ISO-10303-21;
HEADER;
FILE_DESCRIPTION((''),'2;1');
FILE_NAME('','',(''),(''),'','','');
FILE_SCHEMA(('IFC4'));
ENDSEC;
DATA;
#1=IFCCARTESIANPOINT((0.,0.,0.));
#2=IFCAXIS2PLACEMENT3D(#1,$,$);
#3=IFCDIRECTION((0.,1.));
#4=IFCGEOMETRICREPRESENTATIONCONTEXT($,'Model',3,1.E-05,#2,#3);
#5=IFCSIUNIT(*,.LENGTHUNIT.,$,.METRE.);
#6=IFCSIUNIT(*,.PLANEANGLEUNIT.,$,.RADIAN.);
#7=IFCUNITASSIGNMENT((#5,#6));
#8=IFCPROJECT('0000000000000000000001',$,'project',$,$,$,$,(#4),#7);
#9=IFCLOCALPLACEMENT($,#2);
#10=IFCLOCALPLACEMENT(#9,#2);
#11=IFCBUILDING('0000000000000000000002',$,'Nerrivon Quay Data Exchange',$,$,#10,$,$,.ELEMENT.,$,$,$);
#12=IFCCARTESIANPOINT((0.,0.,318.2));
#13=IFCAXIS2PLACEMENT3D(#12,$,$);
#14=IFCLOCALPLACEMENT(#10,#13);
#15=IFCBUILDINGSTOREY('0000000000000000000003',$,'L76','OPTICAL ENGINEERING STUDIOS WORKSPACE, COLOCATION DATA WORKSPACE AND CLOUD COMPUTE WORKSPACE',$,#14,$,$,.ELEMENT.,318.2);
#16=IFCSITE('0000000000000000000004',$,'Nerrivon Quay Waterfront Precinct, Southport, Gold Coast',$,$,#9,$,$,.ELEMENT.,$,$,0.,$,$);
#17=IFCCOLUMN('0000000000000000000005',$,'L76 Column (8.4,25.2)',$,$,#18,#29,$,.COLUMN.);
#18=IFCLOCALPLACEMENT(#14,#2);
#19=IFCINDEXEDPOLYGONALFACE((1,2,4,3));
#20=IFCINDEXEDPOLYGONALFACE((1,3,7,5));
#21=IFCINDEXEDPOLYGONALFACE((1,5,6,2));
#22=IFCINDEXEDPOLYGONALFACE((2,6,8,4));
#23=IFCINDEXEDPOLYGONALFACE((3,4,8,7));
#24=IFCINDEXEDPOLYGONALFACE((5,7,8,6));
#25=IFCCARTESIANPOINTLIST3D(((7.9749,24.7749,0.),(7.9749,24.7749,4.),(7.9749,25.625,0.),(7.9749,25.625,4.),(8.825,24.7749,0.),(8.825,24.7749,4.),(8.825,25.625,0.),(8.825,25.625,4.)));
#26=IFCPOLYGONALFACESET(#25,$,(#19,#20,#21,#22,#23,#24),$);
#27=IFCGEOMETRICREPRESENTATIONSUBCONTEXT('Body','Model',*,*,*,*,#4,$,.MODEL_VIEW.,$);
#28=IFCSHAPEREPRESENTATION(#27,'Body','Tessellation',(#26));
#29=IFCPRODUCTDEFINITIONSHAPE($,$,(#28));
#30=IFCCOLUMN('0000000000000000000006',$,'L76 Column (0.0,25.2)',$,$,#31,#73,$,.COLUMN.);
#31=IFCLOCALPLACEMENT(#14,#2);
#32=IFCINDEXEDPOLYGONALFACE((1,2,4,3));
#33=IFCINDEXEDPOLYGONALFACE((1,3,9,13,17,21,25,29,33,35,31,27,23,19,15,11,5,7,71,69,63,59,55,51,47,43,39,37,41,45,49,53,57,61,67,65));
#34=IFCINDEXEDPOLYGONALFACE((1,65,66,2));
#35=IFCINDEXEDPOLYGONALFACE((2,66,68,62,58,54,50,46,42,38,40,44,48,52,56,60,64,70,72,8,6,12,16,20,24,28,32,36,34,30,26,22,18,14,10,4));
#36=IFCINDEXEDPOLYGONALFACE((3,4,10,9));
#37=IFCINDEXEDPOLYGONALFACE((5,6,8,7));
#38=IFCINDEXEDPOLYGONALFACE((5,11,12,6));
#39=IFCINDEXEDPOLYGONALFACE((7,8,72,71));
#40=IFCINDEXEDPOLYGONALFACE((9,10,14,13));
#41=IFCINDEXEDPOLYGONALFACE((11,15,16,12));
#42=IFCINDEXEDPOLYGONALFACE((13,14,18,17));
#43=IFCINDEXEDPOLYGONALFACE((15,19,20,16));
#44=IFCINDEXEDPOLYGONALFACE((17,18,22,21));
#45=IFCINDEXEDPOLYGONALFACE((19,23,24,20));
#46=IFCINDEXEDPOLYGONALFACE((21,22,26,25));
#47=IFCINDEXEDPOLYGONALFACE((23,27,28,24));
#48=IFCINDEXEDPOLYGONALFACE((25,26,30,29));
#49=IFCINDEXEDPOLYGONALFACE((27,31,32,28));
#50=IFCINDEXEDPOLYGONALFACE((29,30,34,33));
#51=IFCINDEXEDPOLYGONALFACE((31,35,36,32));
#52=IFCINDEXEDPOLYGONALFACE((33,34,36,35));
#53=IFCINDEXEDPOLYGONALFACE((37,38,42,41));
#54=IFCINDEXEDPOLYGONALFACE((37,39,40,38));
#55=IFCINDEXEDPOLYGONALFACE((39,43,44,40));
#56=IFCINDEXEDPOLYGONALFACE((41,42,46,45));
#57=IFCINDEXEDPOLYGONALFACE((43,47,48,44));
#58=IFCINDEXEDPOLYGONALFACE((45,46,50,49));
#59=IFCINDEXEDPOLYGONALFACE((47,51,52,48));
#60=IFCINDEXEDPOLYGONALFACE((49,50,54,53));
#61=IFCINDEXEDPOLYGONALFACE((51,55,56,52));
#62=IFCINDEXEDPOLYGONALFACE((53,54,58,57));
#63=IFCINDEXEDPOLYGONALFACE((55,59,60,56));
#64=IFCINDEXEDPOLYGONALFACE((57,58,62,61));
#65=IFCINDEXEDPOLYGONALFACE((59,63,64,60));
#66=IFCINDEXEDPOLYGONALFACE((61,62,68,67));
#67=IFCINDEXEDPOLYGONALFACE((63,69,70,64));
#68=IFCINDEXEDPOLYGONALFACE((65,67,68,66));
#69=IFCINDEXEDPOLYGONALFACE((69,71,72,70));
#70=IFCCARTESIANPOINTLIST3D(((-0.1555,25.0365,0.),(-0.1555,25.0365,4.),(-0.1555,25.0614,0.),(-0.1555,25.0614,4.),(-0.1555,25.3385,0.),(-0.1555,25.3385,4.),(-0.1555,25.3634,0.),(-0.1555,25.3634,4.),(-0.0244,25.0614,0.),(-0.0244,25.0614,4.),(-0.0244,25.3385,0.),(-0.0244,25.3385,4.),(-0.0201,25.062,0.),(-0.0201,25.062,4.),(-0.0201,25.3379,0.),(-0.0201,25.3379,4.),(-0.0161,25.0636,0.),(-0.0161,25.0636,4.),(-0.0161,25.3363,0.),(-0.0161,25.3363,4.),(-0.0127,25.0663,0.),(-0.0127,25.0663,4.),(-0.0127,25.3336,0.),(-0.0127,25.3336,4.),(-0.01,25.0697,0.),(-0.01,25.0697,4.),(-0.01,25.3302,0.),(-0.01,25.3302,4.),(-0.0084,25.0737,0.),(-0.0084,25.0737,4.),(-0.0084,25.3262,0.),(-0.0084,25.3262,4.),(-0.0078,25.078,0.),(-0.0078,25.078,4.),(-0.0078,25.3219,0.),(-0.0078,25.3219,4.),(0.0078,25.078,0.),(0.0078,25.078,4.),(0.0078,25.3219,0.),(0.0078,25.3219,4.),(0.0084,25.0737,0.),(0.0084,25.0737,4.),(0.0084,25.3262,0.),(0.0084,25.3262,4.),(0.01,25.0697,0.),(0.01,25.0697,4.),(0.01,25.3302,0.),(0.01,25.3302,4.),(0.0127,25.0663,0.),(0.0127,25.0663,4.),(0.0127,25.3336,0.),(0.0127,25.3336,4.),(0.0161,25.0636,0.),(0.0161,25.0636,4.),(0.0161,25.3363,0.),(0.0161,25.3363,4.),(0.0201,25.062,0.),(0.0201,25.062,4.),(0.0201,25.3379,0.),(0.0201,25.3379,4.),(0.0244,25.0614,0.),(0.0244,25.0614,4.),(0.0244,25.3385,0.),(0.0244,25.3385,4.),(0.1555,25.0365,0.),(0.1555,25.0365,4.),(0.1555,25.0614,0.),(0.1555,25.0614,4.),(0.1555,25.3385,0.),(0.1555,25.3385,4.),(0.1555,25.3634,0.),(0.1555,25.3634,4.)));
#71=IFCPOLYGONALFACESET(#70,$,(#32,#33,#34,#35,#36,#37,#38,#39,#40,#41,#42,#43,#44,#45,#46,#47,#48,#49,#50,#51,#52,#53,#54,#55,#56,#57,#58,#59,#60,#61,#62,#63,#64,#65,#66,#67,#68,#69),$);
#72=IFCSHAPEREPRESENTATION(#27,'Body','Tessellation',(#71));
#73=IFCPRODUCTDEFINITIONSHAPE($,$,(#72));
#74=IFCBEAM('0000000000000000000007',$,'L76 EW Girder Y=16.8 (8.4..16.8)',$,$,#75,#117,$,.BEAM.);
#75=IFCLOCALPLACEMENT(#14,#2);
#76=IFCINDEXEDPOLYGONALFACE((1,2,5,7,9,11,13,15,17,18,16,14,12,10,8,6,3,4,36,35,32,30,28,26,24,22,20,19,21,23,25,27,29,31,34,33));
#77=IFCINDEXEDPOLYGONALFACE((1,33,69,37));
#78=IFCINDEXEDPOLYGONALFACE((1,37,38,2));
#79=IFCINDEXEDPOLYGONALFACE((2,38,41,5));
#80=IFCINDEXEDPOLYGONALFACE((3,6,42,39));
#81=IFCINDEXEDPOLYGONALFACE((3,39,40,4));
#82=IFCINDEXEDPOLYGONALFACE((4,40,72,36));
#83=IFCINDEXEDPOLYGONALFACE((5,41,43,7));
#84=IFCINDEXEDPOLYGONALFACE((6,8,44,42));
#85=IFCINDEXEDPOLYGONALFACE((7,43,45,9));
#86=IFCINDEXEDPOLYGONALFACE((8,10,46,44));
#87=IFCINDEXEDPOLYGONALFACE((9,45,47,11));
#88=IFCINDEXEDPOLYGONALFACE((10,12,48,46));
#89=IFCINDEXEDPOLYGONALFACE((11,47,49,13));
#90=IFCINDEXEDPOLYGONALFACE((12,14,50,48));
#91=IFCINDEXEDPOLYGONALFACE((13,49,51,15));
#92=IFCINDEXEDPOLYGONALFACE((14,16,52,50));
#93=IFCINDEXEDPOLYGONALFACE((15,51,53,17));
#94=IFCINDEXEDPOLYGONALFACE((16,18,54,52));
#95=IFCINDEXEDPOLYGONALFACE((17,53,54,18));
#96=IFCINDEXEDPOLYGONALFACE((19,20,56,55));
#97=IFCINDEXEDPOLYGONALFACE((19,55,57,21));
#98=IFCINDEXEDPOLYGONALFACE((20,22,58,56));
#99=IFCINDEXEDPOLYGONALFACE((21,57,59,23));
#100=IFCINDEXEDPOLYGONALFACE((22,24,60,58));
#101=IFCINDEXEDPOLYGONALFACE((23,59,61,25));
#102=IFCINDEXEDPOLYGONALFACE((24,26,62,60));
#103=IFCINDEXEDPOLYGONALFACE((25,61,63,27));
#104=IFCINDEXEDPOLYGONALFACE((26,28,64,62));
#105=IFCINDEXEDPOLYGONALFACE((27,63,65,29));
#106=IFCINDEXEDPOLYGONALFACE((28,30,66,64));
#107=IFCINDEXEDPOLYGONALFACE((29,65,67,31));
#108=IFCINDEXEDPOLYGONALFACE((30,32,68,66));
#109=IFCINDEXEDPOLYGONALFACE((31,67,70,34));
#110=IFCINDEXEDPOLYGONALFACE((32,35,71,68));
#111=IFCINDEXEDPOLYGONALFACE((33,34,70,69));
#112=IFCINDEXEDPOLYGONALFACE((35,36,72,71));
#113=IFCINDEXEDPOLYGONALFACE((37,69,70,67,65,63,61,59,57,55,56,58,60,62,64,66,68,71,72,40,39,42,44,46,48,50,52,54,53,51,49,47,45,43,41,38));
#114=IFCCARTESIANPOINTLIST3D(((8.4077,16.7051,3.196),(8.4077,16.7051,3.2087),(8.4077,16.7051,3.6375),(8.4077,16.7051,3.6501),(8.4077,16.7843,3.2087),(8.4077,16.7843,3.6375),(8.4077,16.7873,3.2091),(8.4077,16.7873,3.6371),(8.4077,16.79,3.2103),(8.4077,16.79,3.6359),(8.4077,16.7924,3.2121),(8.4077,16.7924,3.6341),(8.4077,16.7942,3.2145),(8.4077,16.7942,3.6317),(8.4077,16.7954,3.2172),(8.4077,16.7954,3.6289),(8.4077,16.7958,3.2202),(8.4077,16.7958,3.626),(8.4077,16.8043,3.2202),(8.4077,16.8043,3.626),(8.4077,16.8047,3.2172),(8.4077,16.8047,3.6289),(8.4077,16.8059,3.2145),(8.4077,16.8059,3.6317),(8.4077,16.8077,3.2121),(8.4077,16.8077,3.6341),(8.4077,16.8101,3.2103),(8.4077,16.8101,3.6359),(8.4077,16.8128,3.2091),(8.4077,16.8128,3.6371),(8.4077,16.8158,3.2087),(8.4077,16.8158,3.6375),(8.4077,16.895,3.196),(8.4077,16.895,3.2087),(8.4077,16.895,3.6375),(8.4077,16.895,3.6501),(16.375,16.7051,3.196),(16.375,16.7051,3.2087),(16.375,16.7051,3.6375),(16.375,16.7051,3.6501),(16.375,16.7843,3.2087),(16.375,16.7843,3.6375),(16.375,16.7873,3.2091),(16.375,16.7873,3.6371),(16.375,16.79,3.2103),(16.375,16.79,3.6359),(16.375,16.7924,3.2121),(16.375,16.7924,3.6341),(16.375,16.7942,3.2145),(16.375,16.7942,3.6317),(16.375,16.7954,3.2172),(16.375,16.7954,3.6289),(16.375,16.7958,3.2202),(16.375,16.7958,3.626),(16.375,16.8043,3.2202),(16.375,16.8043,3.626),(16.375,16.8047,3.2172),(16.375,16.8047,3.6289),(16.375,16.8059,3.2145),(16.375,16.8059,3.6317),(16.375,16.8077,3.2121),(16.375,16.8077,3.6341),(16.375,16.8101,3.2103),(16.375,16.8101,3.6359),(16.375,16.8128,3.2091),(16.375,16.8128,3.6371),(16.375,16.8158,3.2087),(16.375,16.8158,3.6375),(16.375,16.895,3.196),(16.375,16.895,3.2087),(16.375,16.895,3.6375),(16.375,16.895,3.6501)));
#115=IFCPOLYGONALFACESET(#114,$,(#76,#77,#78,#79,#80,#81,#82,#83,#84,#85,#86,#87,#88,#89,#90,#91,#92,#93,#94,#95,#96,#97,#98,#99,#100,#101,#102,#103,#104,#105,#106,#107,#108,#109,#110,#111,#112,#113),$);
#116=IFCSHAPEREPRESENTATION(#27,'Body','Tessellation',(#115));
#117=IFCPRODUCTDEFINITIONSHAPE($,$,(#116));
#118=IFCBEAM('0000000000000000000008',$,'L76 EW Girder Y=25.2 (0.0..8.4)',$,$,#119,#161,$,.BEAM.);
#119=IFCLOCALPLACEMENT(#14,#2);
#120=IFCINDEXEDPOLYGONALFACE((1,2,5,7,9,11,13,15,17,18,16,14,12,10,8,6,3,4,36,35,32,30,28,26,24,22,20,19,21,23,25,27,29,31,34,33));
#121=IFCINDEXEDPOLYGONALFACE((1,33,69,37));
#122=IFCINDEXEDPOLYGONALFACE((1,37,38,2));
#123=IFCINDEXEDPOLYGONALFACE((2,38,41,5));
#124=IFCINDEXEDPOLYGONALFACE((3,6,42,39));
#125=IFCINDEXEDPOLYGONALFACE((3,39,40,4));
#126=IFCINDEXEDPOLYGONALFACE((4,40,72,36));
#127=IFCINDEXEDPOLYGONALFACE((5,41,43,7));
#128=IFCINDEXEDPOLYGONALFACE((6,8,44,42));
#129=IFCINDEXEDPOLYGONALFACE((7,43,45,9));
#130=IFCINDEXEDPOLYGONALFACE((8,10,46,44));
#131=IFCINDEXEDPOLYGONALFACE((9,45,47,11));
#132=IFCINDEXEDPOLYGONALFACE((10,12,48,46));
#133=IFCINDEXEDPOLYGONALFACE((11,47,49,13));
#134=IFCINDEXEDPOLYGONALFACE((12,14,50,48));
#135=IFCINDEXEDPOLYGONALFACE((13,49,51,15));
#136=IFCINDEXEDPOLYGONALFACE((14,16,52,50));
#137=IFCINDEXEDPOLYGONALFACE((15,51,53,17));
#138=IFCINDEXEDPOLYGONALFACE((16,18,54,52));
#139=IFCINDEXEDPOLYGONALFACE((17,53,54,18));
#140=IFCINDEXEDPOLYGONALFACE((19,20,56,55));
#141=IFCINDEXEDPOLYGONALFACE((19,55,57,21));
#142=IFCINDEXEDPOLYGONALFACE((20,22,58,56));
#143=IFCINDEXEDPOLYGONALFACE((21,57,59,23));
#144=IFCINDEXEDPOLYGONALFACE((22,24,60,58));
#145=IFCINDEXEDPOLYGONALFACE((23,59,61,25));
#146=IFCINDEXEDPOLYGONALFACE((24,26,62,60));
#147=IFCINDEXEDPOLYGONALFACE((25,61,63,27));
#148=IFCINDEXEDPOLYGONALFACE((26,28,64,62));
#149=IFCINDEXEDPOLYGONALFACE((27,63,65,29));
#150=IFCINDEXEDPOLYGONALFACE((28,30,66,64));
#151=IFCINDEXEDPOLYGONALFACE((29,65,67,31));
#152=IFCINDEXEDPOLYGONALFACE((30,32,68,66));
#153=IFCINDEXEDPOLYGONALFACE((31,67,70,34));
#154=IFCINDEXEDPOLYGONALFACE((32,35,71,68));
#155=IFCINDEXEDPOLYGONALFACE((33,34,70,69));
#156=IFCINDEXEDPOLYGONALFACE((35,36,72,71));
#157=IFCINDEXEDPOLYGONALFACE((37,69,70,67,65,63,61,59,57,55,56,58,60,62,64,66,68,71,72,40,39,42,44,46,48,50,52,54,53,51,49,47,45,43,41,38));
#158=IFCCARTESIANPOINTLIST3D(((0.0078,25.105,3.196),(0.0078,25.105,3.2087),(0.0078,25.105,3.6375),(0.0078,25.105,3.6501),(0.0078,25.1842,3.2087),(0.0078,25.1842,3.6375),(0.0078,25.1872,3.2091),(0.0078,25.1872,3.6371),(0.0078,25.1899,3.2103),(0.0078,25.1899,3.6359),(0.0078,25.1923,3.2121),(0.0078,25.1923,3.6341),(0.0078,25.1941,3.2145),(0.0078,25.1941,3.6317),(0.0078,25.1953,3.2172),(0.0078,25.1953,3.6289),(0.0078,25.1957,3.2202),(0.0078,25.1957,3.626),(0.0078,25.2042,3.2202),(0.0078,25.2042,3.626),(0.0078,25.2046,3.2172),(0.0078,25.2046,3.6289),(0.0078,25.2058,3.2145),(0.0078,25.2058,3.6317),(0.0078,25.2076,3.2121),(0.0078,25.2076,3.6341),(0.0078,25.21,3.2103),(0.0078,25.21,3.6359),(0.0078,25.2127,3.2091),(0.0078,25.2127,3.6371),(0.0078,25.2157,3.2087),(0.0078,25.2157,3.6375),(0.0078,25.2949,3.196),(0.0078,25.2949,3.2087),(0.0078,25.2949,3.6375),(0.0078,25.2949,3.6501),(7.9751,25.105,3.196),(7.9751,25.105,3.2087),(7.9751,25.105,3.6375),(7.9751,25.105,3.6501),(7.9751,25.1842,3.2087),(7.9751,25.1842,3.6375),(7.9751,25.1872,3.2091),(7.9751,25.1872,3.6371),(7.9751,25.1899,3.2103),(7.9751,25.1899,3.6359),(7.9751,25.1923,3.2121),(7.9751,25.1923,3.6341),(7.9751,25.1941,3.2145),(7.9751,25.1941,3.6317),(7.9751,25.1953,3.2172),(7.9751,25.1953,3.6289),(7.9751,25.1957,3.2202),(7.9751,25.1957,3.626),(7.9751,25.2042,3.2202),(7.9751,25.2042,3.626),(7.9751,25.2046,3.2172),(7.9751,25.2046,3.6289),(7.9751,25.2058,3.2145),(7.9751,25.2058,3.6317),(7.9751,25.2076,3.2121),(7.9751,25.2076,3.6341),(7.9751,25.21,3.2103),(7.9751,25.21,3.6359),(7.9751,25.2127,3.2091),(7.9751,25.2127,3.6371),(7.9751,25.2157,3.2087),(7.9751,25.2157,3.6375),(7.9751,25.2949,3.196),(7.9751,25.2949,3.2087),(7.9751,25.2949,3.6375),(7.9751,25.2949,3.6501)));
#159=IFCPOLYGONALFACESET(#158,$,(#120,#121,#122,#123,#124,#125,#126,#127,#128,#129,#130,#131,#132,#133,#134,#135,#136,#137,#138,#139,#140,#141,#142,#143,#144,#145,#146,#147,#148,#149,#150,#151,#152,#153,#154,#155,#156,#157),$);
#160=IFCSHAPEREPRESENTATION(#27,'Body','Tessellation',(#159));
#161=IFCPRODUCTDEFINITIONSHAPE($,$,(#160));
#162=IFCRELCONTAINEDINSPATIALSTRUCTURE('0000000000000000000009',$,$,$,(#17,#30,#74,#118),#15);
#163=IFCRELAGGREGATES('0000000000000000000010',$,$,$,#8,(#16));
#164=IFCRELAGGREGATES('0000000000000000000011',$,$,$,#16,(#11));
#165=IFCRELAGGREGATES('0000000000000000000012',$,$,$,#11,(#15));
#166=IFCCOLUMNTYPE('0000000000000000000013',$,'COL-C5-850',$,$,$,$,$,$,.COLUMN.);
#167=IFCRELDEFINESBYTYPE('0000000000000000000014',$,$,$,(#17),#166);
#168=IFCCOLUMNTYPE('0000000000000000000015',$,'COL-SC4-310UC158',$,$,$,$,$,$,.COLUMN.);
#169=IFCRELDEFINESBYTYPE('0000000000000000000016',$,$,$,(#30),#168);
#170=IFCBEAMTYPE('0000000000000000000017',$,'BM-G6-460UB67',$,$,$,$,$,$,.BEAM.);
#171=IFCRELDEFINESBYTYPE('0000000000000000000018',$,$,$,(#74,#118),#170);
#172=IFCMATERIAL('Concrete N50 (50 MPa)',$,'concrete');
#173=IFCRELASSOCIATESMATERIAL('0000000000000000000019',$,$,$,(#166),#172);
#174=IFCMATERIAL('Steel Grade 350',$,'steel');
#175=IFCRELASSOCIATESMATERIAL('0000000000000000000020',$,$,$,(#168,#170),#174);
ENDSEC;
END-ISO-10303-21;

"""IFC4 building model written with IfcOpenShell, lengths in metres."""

from ifc_helpers import new_model, si_unit, direction, frame, origin, origin_2d, place, context, subcontext, project, spatial, rectangle, i_section, extrude, material, material_profile, profile_set, type_object, element, save


model = new_model("IFC4")

# Units and contexts
model_context = context("Model", 3, precision=1e-05, world=origin(), true_north=direction((0.0, 1.0)))
body_context = subcontext(model_context, "Body", "Model", "MODEL_VIEW")
ifc_project = project(units=[si_unit("LENGTHUNIT", "METRE"), si_unit("PLANEANGLEUNIT", "RADIAN")], contexts=[model_context])

# Site, building, storey
site_placement = place(None, origin())
site = spatial("IfcSite", under=ifc_project, at=site_placement, Name="Nerrivon Quay Waterfront Precinct, Southport, Gold Coast", CompositionType="ELEMENT", RefElevation=0.0)
building_placement = place(site_placement, origin())
building = spatial("IfcBuilding", under=site, at=building_placement, Name="Nerrivon Quay Data Exchange", CompositionType="ELEMENT")
storey_placement = place(building_placement, frame((0.0, 0.0, 318.2)))
storey = spatial("IfcBuildingStorey", under=building, at=storey_placement, Name="L76", Description="OPTICAL ENGINEERING STUDIOS WORKSPACE, COLOCATION DATA WORKSPACE AND CLOUD COMPUTE WORKSPACE", CompositionType="ELEMENT", Elevation=318.2)

# Columns
ifc_material_1 = material(Name="Concrete N50 (50 MPa)", Category="concrete")
ifc_material_profile_1 = material_profile(ifc_material_1, rectangle(XDim=0.8501, YDim=0.8501, at=origin_2d()), Name="RC-COL-850x850")
ifc_profile_set_1 = profile_set([ifc_material_profile_1], Name="Concrete N50 (50 MPa)")
column_type_1 = type_object("IfcColumnType", Name="COL-C5-850", PredefinedType="COLUMN", material=ifc_profile_set_1)
column_1_placement = place(storey_placement, frame((8.3999, 25.2, 0.0), z_axis=(0.0, 0.0, 1.0), x_axis=(1.0, 0.0, 0.0)))
element("IfcColumn", 1, at=column_1_placement, inside=storey, type_object=column_type_1, Name="L76 Column (8.4,25.2)", PredefinedType="COLUMN", context=body_context, shape_type="SweptSolid", body=[
    extrude(rectangle(XDim=0.8501, YDim=0.8501, at=origin_2d()), origin(), (0.0, 0.0, 1.0), 4.0),
])
ifc_material_2 = material(Name="Steel Grade 350", Category="steel")
ifc_material_profile_2 = material_profile(ifc_material_2, i_section(OverallWidth=0.311, OverallDepth=0.3269, WebThickness=0.0156, FlangeThickness=0.0249, FilletRadius=0.0166, at=origin_2d()), Name="310UC158")
ifc_profile_set_2 = profile_set([ifc_material_profile_2], Name="Steel Grade 350")
column_type_2 = type_object("IfcColumnType", Name="COL-SC4-310UC158", PredefinedType="COLUMN", material=ifc_profile_set_2)
column_2_placement = place(storey_placement, frame((0.0, 25.2, 0.0), z_axis=(0.0, 0.0, 1.0), x_axis=(1.0, 0.0, 0.0)))
element("IfcColumn", 2, at=column_2_placement, inside=storey, type_object=column_type_2, Name="L76 Column (0.0,25.2)", PredefinedType="COLUMN", context=body_context, shape_type="SweptSolid", body=[
    extrude(i_section(OverallWidth=0.311, OverallDepth=0.3269, WebThickness=0.0156, FlangeThickness=0.0249, FilletRadius=0.0166, at=origin_2d()), origin(), (0.0, 0.0, 1.0), 4.0),
])

# Beams
ifc_material_profile_3 = material_profile(ifc_material_2, i_section(OverallWidth=0.1899, OverallDepth=0.4541, WebThickness=0.0085, FlangeThickness=0.0127, FilletRadius=0.0115, at=origin_2d()), Name="460UB67.1")
ifc_profile_set_3 = profile_set([ifc_material_profile_3], Name="Steel Grade 350")
beam_type_1 = type_object("IfcBeamType", Name="BM-G6-460UB67", PredefinedType="BEAM", material=ifc_profile_set_3)
for number, where, z_axis, x_axis, name in (
    (3, (8.4077, 16.8, 3.4231), (1.0, 0.0, 0.0), (0.0, 1.0, 0.0), "L76 EW Girder Y=16.8 (8.4..16.8)"),
    (4, (0.0078, 25.2, 3.4231), (1.0, 0.0, 0.0), (0.0, 1.0, 0.0), "L76 EW Girder Y=25.2 (0.0..8.4)"),
):
    element("IfcBeam", number, at=place(storey_placement, frame(where, z_axis=z_axis, x_axis=x_axis)), inside=storey, type_object=beam_type_1, Name=name, PredefinedType="BEAM", context=body_context, shape_type="SweptSolid", body=[
        extrude(i_section(OverallWidth=0.1899, OverallDepth=0.4541, WebThickness=0.0085, FlangeThickness=0.0127, FilletRadius=0.0115, at=origin_2d()), origin(), (0.0, 0.0, 1.0), 7.9673),
    ])

save(model, "model.ifc")
